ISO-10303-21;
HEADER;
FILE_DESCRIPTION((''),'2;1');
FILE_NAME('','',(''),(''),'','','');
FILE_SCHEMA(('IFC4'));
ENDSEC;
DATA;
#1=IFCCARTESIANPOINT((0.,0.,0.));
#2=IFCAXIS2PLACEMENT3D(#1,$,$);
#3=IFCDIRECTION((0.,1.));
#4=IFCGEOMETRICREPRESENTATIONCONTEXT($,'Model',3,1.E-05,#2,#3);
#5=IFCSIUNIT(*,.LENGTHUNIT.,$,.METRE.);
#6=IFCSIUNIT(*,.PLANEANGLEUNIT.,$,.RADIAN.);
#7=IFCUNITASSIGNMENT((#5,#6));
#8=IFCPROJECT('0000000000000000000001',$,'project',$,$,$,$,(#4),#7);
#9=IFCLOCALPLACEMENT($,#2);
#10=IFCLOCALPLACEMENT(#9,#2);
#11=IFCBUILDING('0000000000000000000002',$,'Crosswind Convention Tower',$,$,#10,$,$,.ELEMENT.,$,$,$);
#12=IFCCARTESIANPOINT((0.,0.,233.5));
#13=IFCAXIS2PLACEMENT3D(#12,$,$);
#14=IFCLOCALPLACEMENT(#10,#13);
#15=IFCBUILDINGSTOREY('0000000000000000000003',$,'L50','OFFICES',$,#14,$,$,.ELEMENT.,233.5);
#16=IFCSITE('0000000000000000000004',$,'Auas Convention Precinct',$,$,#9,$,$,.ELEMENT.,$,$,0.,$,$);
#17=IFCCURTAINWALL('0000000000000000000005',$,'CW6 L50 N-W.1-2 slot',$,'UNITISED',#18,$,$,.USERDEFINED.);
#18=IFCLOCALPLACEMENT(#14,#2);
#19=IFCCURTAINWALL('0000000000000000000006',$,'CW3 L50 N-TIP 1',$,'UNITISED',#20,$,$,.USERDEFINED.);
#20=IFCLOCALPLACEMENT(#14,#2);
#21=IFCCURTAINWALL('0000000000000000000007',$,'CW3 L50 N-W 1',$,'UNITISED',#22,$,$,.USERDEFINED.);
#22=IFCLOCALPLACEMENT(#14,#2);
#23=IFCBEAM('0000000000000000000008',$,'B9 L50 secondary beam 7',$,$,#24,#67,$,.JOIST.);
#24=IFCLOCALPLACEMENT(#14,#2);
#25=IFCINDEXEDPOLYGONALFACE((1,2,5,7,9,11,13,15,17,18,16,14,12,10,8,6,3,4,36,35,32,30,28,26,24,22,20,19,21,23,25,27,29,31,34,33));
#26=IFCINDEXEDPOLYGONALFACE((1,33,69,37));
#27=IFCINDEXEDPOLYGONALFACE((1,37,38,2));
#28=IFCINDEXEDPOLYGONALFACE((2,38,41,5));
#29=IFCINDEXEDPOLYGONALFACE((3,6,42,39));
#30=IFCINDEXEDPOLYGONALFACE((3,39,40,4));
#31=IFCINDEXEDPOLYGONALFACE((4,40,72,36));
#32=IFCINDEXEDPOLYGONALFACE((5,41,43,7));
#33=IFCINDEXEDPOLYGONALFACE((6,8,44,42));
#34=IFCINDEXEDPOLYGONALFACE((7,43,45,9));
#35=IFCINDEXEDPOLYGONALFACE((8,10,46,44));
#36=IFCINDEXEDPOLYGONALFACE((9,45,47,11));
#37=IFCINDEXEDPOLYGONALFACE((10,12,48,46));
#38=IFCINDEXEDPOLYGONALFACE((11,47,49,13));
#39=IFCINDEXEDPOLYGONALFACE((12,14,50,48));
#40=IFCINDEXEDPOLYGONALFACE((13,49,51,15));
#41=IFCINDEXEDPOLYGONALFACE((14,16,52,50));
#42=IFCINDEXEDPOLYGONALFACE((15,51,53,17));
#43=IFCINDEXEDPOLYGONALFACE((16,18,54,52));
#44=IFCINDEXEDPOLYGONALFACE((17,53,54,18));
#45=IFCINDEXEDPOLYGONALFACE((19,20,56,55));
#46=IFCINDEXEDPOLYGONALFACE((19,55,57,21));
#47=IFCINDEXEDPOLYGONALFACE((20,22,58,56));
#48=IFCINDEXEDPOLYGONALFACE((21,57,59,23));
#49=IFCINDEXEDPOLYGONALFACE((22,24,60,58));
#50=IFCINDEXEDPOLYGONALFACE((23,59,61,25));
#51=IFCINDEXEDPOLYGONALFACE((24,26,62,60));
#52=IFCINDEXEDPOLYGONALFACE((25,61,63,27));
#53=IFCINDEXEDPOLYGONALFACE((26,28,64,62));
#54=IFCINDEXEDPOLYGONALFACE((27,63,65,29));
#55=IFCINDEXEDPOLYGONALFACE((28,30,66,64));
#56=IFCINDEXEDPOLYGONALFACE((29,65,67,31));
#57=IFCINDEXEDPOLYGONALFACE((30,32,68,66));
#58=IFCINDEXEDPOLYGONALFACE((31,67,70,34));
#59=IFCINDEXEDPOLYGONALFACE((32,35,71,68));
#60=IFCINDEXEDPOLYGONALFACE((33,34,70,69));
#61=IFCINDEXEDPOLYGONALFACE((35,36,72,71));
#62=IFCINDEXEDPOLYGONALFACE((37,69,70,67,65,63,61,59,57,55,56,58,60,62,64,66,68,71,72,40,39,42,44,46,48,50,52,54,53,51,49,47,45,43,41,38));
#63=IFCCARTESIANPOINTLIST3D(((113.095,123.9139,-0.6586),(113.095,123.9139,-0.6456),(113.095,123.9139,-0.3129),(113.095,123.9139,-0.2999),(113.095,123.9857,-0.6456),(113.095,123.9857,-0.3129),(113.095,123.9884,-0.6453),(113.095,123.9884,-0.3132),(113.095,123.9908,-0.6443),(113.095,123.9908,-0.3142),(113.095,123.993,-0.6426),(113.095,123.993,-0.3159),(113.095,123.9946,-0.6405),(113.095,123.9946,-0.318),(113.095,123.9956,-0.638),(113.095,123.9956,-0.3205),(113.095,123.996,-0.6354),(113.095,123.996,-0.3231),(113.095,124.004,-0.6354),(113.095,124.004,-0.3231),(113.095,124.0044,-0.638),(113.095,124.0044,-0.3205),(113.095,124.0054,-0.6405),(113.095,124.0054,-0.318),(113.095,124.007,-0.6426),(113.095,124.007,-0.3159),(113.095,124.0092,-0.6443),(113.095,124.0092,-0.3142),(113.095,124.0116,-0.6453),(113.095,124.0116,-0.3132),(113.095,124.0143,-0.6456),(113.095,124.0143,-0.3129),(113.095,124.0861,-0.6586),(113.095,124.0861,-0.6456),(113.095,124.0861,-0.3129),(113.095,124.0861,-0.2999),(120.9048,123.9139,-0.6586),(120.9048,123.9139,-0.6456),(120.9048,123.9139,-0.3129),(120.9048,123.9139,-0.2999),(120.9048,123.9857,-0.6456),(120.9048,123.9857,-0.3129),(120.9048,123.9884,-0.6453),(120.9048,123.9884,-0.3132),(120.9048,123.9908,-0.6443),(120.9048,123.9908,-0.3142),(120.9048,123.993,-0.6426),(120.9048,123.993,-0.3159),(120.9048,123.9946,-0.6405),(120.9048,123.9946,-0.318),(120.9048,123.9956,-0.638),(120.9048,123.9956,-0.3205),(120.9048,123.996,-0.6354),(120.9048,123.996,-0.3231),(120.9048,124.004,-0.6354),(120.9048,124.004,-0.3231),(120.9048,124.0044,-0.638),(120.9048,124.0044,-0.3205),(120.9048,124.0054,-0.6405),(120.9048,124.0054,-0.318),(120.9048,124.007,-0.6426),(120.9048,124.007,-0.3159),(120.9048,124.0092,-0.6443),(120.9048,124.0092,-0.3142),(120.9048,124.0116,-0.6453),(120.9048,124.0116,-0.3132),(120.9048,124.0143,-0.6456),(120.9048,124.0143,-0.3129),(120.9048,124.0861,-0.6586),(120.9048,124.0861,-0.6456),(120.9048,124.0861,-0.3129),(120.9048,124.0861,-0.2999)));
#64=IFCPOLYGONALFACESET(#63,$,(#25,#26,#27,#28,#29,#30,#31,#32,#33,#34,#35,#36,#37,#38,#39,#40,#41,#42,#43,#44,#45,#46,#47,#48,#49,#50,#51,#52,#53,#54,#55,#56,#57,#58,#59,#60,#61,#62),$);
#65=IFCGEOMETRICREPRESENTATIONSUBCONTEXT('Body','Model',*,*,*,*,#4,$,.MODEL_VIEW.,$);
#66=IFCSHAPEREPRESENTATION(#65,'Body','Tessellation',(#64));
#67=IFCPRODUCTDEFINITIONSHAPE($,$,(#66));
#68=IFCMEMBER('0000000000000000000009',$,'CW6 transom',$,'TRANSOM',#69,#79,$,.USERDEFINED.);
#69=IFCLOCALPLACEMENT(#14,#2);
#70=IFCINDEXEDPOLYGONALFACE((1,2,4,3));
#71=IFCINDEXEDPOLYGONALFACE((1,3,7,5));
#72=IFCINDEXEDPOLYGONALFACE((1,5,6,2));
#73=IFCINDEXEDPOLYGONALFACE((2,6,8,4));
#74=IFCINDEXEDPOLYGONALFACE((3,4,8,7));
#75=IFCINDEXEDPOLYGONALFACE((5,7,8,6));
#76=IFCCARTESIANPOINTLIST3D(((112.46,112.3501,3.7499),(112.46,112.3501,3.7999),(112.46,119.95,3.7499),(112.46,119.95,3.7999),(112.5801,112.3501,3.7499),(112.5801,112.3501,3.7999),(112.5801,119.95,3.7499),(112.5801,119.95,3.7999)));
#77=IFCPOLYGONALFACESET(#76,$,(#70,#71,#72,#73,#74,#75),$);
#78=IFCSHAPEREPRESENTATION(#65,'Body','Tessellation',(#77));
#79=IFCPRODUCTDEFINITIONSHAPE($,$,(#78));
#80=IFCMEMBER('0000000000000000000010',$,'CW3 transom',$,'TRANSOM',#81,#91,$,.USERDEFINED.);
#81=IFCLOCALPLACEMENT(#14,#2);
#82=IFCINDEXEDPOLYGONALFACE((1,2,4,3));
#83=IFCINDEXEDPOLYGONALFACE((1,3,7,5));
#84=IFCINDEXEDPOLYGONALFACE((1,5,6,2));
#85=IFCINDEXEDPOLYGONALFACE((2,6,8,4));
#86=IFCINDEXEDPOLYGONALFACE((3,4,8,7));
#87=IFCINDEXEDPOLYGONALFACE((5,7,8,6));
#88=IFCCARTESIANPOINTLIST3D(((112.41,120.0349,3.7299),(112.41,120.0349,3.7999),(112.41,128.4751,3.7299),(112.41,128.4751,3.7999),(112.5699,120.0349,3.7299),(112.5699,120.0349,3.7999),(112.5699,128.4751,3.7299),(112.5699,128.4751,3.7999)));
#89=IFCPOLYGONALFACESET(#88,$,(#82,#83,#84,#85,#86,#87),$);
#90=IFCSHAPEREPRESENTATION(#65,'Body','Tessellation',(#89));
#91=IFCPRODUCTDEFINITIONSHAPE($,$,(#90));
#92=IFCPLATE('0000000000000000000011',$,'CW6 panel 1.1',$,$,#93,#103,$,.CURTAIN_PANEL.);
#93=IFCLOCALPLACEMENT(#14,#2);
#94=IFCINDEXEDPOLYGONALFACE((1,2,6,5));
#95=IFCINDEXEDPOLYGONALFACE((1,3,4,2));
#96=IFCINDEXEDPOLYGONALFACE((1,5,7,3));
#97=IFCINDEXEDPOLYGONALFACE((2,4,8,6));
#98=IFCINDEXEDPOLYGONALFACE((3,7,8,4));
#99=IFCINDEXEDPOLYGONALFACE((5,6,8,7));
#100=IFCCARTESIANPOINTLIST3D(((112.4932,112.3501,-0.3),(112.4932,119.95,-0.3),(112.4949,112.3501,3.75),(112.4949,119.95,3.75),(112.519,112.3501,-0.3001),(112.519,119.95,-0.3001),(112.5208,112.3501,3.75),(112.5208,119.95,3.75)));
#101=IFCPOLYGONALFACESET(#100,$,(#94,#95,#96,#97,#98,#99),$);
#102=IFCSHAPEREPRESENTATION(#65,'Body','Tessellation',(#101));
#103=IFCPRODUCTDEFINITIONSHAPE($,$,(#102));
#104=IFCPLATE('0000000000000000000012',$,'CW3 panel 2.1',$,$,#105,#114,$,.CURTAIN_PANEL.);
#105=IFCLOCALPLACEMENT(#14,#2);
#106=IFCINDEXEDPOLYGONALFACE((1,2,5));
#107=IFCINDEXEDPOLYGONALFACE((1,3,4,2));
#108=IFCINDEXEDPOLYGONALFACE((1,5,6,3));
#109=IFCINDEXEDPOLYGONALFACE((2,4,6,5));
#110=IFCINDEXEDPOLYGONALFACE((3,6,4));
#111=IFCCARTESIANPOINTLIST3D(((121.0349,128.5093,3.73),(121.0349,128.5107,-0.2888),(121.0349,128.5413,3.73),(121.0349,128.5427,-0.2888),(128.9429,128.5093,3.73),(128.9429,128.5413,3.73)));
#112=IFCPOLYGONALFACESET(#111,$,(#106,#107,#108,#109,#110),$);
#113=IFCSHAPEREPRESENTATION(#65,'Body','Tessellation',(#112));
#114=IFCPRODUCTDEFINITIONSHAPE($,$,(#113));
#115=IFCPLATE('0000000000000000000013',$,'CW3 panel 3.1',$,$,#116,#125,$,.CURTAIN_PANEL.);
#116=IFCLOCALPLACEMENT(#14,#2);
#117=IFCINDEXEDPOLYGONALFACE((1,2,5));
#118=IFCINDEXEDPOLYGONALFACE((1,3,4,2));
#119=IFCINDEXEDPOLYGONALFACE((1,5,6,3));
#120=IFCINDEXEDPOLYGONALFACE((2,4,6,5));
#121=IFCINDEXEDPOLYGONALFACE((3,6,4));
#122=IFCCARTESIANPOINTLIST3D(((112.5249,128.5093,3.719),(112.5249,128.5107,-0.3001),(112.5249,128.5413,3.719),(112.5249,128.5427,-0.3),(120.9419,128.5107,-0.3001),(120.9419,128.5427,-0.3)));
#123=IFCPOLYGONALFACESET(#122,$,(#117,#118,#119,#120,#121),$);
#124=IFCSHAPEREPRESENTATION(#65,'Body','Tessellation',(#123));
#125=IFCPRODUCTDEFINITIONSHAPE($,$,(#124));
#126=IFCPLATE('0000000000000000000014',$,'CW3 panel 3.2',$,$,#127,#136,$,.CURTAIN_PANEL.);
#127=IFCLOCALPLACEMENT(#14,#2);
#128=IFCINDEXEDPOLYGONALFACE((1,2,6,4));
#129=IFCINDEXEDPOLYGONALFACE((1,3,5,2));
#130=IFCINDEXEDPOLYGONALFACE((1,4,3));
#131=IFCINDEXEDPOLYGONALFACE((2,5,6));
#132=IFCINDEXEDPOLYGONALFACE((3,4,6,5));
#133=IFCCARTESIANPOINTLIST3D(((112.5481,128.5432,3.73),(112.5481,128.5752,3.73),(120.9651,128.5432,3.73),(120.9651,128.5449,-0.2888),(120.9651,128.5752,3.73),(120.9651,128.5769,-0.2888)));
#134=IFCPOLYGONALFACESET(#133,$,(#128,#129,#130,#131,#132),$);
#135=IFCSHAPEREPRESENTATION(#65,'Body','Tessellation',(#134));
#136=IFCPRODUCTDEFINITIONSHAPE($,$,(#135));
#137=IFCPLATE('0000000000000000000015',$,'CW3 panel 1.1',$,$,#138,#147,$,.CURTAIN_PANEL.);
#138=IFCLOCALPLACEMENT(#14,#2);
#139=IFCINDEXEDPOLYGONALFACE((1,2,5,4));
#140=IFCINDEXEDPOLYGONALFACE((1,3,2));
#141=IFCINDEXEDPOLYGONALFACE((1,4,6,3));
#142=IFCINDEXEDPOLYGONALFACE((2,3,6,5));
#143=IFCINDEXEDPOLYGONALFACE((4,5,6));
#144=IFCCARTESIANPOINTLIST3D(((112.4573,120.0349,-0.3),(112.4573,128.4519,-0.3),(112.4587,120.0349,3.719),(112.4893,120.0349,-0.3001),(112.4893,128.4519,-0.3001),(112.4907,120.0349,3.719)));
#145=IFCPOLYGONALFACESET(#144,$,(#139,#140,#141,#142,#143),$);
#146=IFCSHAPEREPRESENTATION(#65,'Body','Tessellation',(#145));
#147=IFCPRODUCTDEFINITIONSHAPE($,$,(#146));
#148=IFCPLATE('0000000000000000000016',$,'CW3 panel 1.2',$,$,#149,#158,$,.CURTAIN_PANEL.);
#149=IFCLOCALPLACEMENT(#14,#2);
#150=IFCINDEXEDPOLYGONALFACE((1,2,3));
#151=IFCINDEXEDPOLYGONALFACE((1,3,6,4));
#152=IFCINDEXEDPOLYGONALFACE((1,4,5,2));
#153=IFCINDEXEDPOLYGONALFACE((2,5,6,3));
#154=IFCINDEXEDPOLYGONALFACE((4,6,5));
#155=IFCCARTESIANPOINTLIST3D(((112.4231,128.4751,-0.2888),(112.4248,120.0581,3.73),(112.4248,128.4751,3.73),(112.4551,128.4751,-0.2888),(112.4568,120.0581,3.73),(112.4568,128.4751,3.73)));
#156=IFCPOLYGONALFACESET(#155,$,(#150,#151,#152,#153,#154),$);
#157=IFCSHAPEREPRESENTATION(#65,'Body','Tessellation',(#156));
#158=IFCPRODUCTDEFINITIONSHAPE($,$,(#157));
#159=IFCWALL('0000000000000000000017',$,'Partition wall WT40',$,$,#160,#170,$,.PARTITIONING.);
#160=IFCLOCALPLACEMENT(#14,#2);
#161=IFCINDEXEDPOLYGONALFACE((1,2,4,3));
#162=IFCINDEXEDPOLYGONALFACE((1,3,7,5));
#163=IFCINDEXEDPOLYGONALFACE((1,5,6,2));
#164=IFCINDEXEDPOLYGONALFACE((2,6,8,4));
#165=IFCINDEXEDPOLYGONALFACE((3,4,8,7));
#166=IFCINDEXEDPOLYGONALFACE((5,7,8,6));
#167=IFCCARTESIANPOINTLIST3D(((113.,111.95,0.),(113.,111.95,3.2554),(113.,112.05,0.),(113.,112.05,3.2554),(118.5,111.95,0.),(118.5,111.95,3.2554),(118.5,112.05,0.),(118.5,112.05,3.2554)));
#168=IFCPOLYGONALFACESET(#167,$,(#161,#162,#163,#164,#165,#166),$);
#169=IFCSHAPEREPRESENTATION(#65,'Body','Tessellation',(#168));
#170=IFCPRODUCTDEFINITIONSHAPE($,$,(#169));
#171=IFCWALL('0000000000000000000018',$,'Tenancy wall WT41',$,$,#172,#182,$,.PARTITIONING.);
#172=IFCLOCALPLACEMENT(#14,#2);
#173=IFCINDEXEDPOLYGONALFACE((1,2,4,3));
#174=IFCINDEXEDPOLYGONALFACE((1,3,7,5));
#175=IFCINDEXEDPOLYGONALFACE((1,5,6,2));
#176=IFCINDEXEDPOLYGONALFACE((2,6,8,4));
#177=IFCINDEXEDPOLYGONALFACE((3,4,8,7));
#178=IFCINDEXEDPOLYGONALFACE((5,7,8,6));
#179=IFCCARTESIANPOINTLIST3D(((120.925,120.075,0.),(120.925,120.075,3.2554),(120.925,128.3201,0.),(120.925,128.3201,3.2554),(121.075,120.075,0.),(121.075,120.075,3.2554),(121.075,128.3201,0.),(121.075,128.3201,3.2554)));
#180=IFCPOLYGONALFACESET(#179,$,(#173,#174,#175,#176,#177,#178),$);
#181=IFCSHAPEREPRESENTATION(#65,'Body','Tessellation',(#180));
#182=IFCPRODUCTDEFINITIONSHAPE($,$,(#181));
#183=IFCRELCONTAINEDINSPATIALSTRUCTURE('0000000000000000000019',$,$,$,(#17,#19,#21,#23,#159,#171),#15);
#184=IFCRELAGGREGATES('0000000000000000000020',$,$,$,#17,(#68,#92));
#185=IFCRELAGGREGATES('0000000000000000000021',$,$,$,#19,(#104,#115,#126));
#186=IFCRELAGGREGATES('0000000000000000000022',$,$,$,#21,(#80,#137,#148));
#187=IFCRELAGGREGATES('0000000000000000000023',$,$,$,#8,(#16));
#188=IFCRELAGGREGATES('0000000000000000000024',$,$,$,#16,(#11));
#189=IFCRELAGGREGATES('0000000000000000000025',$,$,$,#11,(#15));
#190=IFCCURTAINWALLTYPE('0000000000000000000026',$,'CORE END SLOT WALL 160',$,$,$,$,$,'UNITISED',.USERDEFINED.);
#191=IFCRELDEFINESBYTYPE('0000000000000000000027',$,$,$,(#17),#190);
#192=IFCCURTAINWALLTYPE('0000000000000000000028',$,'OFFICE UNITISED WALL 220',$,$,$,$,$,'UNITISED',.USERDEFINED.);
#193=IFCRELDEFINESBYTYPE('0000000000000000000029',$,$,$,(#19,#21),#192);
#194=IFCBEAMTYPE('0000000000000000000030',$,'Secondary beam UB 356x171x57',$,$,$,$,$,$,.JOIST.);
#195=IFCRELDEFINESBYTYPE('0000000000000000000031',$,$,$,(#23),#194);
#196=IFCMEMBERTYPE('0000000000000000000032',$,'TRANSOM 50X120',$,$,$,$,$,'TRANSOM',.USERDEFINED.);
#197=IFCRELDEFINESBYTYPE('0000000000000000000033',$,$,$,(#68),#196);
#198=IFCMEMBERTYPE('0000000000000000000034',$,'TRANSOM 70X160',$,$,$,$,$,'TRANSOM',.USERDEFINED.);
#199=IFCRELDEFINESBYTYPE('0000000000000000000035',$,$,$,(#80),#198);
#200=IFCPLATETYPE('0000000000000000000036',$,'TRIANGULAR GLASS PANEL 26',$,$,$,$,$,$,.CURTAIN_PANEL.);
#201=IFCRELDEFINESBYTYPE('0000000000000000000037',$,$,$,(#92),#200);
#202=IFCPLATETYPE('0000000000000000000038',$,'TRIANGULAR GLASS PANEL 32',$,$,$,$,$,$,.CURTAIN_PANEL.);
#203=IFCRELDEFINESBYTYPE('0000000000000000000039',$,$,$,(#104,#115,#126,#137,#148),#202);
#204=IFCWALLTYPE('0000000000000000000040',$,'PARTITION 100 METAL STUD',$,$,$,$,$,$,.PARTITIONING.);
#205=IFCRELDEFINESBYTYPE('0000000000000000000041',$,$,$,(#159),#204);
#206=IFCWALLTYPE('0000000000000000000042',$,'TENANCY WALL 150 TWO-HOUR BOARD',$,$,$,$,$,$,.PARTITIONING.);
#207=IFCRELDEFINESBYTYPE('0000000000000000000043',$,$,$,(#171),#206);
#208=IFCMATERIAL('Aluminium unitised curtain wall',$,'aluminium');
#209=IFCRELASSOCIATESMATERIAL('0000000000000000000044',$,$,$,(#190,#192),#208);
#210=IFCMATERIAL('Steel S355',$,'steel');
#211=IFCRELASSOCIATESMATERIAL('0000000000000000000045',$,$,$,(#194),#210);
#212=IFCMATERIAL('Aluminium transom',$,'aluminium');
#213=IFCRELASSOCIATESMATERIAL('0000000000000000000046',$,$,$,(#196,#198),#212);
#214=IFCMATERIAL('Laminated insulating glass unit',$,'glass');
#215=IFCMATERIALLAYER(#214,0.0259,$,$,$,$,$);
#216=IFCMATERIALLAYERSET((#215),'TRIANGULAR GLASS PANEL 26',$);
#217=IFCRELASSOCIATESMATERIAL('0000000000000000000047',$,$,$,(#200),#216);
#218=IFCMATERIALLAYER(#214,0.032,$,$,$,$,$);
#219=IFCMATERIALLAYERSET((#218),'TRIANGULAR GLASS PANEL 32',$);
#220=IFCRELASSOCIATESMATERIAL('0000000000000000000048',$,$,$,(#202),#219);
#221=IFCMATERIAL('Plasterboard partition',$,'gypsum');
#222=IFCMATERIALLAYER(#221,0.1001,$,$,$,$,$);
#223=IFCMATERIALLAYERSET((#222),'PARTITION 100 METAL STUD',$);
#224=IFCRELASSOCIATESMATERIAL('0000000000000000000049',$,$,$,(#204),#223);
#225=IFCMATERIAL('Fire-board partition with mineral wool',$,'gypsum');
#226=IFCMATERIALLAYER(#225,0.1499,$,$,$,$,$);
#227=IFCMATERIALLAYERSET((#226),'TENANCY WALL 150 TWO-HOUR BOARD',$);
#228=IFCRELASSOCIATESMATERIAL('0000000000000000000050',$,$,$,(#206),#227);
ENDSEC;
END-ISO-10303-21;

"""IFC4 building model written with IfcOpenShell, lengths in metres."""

from ifc_helpers import new_model, si_unit, direction, frame, frame_2d, origin, origin_2d, place, context, subcontext, project, spatial, polyline, rectangle, i_section, outline, extrude, material, layer, layer_set, material_profile, profile_set, type_object, element, aggregate, save


model = new_model("IFC4")

# Units and contexts
model_context = context("Model", 3, precision=1e-05, world=origin(), true_north=direction((0.0, 1.0)))
body_context = subcontext(model_context, "Body", "Model", "MODEL_VIEW")
ifc_project = project(units=[si_unit("LENGTHUNIT", "METRE"), si_unit("PLANEANGLEUNIT", "RADIAN")], contexts=[model_context])

# Site, building, storey
site_placement = place(None, origin())
site = spatial("IfcSite", under=ifc_project, at=site_placement, Name="Auas Convention Precinct", CompositionType="ELEMENT", RefElevation=0.0)
building_placement = place(site_placement, origin())
building = spatial("IfcBuilding", under=site, at=building_placement, Name="Crosswind Convention Tower", CompositionType="ELEMENT")
storey_placement = place(building_placement, frame((0.0, 0.0, 233.5)))
storey = spatial("IfcBuildingStorey", under=building, at=storey_placement, Name="L50", Description="OFFICES", CompositionType="ELEMENT", Elevation=233.5)

# Shared definitions
ifc_material_1 = material(Name="Steel S355", Category="steel")

# Curtain walls
ifc_material_2 = material(Name="Aluminium unitised curtain wall", Category="aluminium")
curtain_wall_type_1 = type_object("IfcCurtainWallType", Name="CORE END SLOT WALL 160", ElementType="UNITISED", PredefinedType="USERDEFINED", material=ifc_material_2)
curtain_wall_1_placement = place(storey_placement, origin())
curtain_wall_1 = element("IfcCurtainWall", 1, at=curtain_wall_1_placement, inside=storey, type_object=curtain_wall_type_1, Name="CW6 L50 N-W.1-2 slot", ObjectType="UNITISED", PredefinedType="USERDEFINED")
curtain_wall_type_2 = type_object("IfcCurtainWallType", Name="OFFICE UNITISED WALL 220", ElementType="UNITISED", PredefinedType="USERDEFINED", material=ifc_material_2)
curtain_wall_2_placement = place(storey_placement, origin())
curtain_wall_2 = element("IfcCurtainWall", 2, at=curtain_wall_2_placement, inside=storey, type_object=curtain_wall_type_2, Name="CW3 L50 N-TIP 1", ObjectType="UNITISED", PredefinedType="USERDEFINED")

# Curtain wall
curtain_wall_3_placement = place(storey_placement, origin())
curtain_wall_3 = element("IfcCurtainWall", 3, at=curtain_wall_3_placement, inside=storey, type_object=curtain_wall_type_2, Name="CW3 L50 N-W 1", ObjectType="UNITISED", PredefinedType="USERDEFINED")

# Beam
ifc_material_profile_1 = material_profile(ifc_material_1, i_section(OverallWidth=0.1721, OverallDepth=0.3586, WebThickness=0.0081, FlangeThickness=0.0129, FilletRadius=0.0103, at=origin_2d()), Name="UB 356x171x57")
ifc_profile_set_1 = profile_set([ifc_material_profile_1], Name="Steel S355")
beam_type_1 = type_object("IfcBeamType", Name="Secondary beam UB 356x171x57", PredefinedType="JOIST", material=ifc_profile_set_1)
for number, where, z_axis, x_axis, name in (
    (4, (113.095, 124.0, -0.4792), (1.0, 0.0, 0.0), (0.0, 1.0, 0.0), "B9 L50 secondary beam 7"),
):
    element("IfcBeam", number, at=place(storey_placement, frame(where, z_axis=z_axis, x_axis=x_axis)), inside=storey, type_object=beam_type_1, Name=name, PredefinedType="JOIST", context=body_context, shape_type="SweptSolid", body=[
        extrude(i_section(OverallWidth=0.1721, OverallDepth=0.3586, WebThickness=0.0081, FlangeThickness=0.0129, FilletRadius=0.0103, at=origin_2d()), origin(), (0.0, 0.0, 1.0), 7.8098),
    ])

# Members
ifc_material_3 = material(Name="Aluminium transom", Category="aluminium")
ifc_material_profile_2 = material_profile(ifc_material_3, rectangle(XDim=0.1201, YDim=0.05, at=origin_2d()), Name="AL 120X50")
ifc_profile_set_2 = profile_set([ifc_material_profile_2], Name="Aluminium transom")
member_type_1 = type_object("IfcMemberType", Name="TRANSOM 50X120", ElementType="TRANSOM", PredefinedType="USERDEFINED", material=ifc_profile_set_2)
member_1_placement = place(storey_placement, frame((112.52, 119.95, 3.7749), z_axis=(0.0, -1.0, 0.0), x_axis=(1.0, 0.0, 0.0)))
member_1 = element("IfcMember", 5, at=member_1_placement, type_object=member_type_1, Name="CW6 transom", ObjectType="TRANSOM", PredefinedType="USERDEFINED", context=body_context, shape_type="SweptSolid", body=[
    extrude(rectangle(XDim=0.1201, YDim=0.05, at=origin_2d()), origin(), (0.0, 0.0, 1.0), 7.5999),
])
ifc_material_profile_3 = material_profile(ifc_material_3, rectangle(XDim=0.1599, YDim=0.0701, at=origin_2d()), Name="AL 160X70")
ifc_profile_set_3 = profile_set([ifc_material_profile_3], Name="Aluminium transom")
member_type_2 = type_object("IfcMemberType", Name="TRANSOM 70X160", ElementType="TRANSOM", PredefinedType="USERDEFINED", material=ifc_profile_set_3)
member_2_placement = place(storey_placement, frame((112.49, 128.4751, 3.7649), z_axis=(0.0, -1.0, 0.0), x_axis=(1.0, 0.0, 0.0)))
member_2 = element("IfcMember", 6, at=member_2_placement, type_object=member_type_2, Name="CW3 transom", ObjectType="TRANSOM", PredefinedType="USERDEFINED", context=body_context, shape_type="SweptSolid", body=[
    extrude(rectangle(XDim=0.1599, YDim=0.0701, at=origin_2d()), origin(), (0.0, 0.0, 1.0), 8.4402),
])

# Plates
ifc_material_4 = material(Name="Laminated insulating glass unit", Category="glass")
ifc_layer_1 = layer(ifc_material_4, 0.0259)
ifc_layer_set_1 = layer_set([ifc_layer_1], Name="TRIANGULAR GLASS PANEL 26")
plate_type_1 = type_object("IfcPlateType", Name="TRIANGULAR GLASS PANEL 26", PredefinedType="CURTAIN_PANEL", material=ifc_layer_set_1)
plate_1_placement = place(storey_placement, frame((112.4932, 119.95, -0.3), z_axis=(-1.0, 0.0, 0.000422), x_axis=(0.0, -1.0, 0.0)))
plate_1 = element("IfcPlate", 7, at=plate_1_placement, type_object=plate_type_1, Name="CW6 panel 1.1", PredefinedType="CURTAIN_PANEL", context=body_context, shape_type="SweptSolid", body=[
    extrude(outline(polyline([(0.0, 0.0), (7.5999, 0.0), (7.5999, 4.05), (0.0, 4.05), (0.0, 0.0)])), origin(), (0.0, 0.0, -1.0), 0.0259),
])
aggregate(curtain_wall_1, [member_1, plate_1])
ifc_layer_2 = layer(ifc_material_4, 0.032)
ifc_layer_set_2 = layer_set([ifc_layer_2], Name="TRIANGULAR GLASS PANEL 32")
plate_type_2 = type_object("IfcPlateType", Name="TRIANGULAR GLASS PANEL 32", PredefinedType="CURTAIN_PANEL", material=ifc_layer_set_2)
plate_2_placement = place(storey_placement, frame((121.0349, 128.5413, 3.73), z_axis=(0.0, 1.0, 0.000364), x_axis=(1.0, 0.0, 0.0)))
plate_2 = element("IfcPlate", 8, at=plate_2_placement, type_object=plate_type_2, Name="CW3 panel 2.1", PredefinedType="CURTAIN_PANEL", context=body_context, shape_type="SweptSolid", body=[
    extrude(outline(polyline([(0.0, 0.0), (7.908, 0.0), (0.0, 4.0188), (0.0, 0.0)])), origin(), (0.0, 0.0, -1.0), 0.032),
])
plate_3_placement = place(storey_placement, frame((112.5249, 128.5427, -0.3), z_axis=(0.0, 1.0, 0.000364), x_axis=(0.0, -0.000364, 1.0)))
plate_3 = element("IfcPlate", 9, at=plate_3_placement, type_object=plate_type_2, Name="CW3 panel 3.1", PredefinedType="CURTAIN_PANEL", context=body_context, shape_type="SweptSolid", body=[
    extrude(outline(polyline([(0.0, 0.0), (4.019, 0.0), (0.0, 8.417), (0.0, 0.0)])), origin(), (0.0, 0.0, -1.0), 0.032),
])
plate_4_placement = place(storey_placement, frame((120.9651, 128.5752, 3.73), z_axis=(0.0, 1.0, 0.000425), x_axis=(0.0, 0.000425, -1.0)))
plate_4 = element("IfcPlate", 10, at=plate_4_placement, type_object=plate_type_2, Name="CW3 panel 3.2", PredefinedType="CURTAIN_PANEL", context=body_context, shape_type="SweptSolid", body=[
    extrude(outline(polyline([(0.0, 0.0), (4.0188, 0.0), (0.0, 8.417), (0.0, 0.0)])), origin(), (0.0, 0.0, -1.0), 0.032),
])
aggregate(curtain_wall_2, [plate_2, plate_3, plate_4])
plate_5_placement = place(storey_placement, frame((112.4573, 120.0349, -0.3), z_axis=(-1.0, 0.0, 0.000364), x_axis=(0.000364, 0.0, 1.0)))
plate_5 = element("IfcPlate", 11, at=plate_5_placement, type_object=plate_type_2, Name="CW3 panel 1.1", PredefinedType="CURTAIN_PANEL", context=body_context, shape_type="SweptSolid", body=[
    extrude(outline(polyline([(0.0, 0.0), (4.019, 0.0), (0.0, 8.417), (0.0, 0.0)])), origin(), (0.0, 0.0, -1.0), 0.032),
])
plate_6_placement = place(storey_placement, frame((112.4248, 128.4751, 3.73), z_axis=(-1.0, 0.0, 0.000425), x_axis=(-0.000425, 0.0, -1.0)))
plate_6 = element("IfcPlate", 12, at=plate_6_placement, type_object=plate_type_2, Name="CW3 panel 1.2", PredefinedType="CURTAIN_PANEL", context=body_context, shape_type="SweptSolid", body=[
    extrude(outline(polyline([(0.0, 0.0), (4.0188, 0.0), (0.0, 8.417), (0.0, 0.0)])), origin(), (0.0, 0.0, -1.0), 0.032),
])

# Walls
ifc_material_5 = material(Name="Plasterboard partition", Category="gypsum")
ifc_layer_3 = layer(ifc_material_5, 0.1001)
ifc_layer_set_3 = layer_set([ifc_layer_3], Name="PARTITION 100 METAL STUD")
wall_type_1 = type_object("IfcWallType", Name="PARTITION 100 METAL STUD", PredefinedType="PARTITIONING", material=ifc_layer_set_3)
wall_1_placement = place(storey_placement, frame((113.0, 112.0, 0.0), z_axis=(0.0, 0.0, 1.0), x_axis=(1.0, 0.0, 0.0)))
element("IfcWall", 13, at=wall_1_placement, inside=storey, type_object=wall_type_1, Name="Partition wall WT40", PredefinedType="PARTITIONING", context=body_context, shape_type="SweptSolid", body=[
    extrude(rectangle(XDim=5.5, YDim=0.1001, at=frame_2d((2.75, 0.0))), origin(), (0.0, 0.0, 1.0), 3.2554),
])
ifc_material_6 = material(Name="Fire-board partition with mineral wool", Category="gypsum")
ifc_layer_4 = layer(ifc_material_6, 0.1499)
ifc_layer_set_4 = layer_set([ifc_layer_4], Name="TENANCY WALL 150 TWO-HOUR BOARD")
wall_type_2 = type_object("IfcWallType", Name="TENANCY WALL 150 TWO-HOUR BOARD", PredefinedType="PARTITIONING", material=ifc_layer_set_4)
wall_2_placement = place(storey_placement, frame((121.0, 120.075, 0.0), z_axis=(0.0, 0.0, 1.0), x_axis=(0.0, 1.0, 0.0)))
element("IfcWall", 14, at=wall_2_placement, inside=storey, type_object=wall_type_2, Name="Tenancy wall WT41", PredefinedType="PARTITIONING", context=body_context, shape_type="SweptSolid", body=[
    extrude(rectangle(XDim=8.2451, YDim=0.1499, at=frame_2d((4.1226, 0.0))), origin(), (0.0, 0.0, 1.0), 3.2554),
])

aggregate(curtain_wall_3, [member_2, plate_5, plate_6])

save(model, "model.ifc")
